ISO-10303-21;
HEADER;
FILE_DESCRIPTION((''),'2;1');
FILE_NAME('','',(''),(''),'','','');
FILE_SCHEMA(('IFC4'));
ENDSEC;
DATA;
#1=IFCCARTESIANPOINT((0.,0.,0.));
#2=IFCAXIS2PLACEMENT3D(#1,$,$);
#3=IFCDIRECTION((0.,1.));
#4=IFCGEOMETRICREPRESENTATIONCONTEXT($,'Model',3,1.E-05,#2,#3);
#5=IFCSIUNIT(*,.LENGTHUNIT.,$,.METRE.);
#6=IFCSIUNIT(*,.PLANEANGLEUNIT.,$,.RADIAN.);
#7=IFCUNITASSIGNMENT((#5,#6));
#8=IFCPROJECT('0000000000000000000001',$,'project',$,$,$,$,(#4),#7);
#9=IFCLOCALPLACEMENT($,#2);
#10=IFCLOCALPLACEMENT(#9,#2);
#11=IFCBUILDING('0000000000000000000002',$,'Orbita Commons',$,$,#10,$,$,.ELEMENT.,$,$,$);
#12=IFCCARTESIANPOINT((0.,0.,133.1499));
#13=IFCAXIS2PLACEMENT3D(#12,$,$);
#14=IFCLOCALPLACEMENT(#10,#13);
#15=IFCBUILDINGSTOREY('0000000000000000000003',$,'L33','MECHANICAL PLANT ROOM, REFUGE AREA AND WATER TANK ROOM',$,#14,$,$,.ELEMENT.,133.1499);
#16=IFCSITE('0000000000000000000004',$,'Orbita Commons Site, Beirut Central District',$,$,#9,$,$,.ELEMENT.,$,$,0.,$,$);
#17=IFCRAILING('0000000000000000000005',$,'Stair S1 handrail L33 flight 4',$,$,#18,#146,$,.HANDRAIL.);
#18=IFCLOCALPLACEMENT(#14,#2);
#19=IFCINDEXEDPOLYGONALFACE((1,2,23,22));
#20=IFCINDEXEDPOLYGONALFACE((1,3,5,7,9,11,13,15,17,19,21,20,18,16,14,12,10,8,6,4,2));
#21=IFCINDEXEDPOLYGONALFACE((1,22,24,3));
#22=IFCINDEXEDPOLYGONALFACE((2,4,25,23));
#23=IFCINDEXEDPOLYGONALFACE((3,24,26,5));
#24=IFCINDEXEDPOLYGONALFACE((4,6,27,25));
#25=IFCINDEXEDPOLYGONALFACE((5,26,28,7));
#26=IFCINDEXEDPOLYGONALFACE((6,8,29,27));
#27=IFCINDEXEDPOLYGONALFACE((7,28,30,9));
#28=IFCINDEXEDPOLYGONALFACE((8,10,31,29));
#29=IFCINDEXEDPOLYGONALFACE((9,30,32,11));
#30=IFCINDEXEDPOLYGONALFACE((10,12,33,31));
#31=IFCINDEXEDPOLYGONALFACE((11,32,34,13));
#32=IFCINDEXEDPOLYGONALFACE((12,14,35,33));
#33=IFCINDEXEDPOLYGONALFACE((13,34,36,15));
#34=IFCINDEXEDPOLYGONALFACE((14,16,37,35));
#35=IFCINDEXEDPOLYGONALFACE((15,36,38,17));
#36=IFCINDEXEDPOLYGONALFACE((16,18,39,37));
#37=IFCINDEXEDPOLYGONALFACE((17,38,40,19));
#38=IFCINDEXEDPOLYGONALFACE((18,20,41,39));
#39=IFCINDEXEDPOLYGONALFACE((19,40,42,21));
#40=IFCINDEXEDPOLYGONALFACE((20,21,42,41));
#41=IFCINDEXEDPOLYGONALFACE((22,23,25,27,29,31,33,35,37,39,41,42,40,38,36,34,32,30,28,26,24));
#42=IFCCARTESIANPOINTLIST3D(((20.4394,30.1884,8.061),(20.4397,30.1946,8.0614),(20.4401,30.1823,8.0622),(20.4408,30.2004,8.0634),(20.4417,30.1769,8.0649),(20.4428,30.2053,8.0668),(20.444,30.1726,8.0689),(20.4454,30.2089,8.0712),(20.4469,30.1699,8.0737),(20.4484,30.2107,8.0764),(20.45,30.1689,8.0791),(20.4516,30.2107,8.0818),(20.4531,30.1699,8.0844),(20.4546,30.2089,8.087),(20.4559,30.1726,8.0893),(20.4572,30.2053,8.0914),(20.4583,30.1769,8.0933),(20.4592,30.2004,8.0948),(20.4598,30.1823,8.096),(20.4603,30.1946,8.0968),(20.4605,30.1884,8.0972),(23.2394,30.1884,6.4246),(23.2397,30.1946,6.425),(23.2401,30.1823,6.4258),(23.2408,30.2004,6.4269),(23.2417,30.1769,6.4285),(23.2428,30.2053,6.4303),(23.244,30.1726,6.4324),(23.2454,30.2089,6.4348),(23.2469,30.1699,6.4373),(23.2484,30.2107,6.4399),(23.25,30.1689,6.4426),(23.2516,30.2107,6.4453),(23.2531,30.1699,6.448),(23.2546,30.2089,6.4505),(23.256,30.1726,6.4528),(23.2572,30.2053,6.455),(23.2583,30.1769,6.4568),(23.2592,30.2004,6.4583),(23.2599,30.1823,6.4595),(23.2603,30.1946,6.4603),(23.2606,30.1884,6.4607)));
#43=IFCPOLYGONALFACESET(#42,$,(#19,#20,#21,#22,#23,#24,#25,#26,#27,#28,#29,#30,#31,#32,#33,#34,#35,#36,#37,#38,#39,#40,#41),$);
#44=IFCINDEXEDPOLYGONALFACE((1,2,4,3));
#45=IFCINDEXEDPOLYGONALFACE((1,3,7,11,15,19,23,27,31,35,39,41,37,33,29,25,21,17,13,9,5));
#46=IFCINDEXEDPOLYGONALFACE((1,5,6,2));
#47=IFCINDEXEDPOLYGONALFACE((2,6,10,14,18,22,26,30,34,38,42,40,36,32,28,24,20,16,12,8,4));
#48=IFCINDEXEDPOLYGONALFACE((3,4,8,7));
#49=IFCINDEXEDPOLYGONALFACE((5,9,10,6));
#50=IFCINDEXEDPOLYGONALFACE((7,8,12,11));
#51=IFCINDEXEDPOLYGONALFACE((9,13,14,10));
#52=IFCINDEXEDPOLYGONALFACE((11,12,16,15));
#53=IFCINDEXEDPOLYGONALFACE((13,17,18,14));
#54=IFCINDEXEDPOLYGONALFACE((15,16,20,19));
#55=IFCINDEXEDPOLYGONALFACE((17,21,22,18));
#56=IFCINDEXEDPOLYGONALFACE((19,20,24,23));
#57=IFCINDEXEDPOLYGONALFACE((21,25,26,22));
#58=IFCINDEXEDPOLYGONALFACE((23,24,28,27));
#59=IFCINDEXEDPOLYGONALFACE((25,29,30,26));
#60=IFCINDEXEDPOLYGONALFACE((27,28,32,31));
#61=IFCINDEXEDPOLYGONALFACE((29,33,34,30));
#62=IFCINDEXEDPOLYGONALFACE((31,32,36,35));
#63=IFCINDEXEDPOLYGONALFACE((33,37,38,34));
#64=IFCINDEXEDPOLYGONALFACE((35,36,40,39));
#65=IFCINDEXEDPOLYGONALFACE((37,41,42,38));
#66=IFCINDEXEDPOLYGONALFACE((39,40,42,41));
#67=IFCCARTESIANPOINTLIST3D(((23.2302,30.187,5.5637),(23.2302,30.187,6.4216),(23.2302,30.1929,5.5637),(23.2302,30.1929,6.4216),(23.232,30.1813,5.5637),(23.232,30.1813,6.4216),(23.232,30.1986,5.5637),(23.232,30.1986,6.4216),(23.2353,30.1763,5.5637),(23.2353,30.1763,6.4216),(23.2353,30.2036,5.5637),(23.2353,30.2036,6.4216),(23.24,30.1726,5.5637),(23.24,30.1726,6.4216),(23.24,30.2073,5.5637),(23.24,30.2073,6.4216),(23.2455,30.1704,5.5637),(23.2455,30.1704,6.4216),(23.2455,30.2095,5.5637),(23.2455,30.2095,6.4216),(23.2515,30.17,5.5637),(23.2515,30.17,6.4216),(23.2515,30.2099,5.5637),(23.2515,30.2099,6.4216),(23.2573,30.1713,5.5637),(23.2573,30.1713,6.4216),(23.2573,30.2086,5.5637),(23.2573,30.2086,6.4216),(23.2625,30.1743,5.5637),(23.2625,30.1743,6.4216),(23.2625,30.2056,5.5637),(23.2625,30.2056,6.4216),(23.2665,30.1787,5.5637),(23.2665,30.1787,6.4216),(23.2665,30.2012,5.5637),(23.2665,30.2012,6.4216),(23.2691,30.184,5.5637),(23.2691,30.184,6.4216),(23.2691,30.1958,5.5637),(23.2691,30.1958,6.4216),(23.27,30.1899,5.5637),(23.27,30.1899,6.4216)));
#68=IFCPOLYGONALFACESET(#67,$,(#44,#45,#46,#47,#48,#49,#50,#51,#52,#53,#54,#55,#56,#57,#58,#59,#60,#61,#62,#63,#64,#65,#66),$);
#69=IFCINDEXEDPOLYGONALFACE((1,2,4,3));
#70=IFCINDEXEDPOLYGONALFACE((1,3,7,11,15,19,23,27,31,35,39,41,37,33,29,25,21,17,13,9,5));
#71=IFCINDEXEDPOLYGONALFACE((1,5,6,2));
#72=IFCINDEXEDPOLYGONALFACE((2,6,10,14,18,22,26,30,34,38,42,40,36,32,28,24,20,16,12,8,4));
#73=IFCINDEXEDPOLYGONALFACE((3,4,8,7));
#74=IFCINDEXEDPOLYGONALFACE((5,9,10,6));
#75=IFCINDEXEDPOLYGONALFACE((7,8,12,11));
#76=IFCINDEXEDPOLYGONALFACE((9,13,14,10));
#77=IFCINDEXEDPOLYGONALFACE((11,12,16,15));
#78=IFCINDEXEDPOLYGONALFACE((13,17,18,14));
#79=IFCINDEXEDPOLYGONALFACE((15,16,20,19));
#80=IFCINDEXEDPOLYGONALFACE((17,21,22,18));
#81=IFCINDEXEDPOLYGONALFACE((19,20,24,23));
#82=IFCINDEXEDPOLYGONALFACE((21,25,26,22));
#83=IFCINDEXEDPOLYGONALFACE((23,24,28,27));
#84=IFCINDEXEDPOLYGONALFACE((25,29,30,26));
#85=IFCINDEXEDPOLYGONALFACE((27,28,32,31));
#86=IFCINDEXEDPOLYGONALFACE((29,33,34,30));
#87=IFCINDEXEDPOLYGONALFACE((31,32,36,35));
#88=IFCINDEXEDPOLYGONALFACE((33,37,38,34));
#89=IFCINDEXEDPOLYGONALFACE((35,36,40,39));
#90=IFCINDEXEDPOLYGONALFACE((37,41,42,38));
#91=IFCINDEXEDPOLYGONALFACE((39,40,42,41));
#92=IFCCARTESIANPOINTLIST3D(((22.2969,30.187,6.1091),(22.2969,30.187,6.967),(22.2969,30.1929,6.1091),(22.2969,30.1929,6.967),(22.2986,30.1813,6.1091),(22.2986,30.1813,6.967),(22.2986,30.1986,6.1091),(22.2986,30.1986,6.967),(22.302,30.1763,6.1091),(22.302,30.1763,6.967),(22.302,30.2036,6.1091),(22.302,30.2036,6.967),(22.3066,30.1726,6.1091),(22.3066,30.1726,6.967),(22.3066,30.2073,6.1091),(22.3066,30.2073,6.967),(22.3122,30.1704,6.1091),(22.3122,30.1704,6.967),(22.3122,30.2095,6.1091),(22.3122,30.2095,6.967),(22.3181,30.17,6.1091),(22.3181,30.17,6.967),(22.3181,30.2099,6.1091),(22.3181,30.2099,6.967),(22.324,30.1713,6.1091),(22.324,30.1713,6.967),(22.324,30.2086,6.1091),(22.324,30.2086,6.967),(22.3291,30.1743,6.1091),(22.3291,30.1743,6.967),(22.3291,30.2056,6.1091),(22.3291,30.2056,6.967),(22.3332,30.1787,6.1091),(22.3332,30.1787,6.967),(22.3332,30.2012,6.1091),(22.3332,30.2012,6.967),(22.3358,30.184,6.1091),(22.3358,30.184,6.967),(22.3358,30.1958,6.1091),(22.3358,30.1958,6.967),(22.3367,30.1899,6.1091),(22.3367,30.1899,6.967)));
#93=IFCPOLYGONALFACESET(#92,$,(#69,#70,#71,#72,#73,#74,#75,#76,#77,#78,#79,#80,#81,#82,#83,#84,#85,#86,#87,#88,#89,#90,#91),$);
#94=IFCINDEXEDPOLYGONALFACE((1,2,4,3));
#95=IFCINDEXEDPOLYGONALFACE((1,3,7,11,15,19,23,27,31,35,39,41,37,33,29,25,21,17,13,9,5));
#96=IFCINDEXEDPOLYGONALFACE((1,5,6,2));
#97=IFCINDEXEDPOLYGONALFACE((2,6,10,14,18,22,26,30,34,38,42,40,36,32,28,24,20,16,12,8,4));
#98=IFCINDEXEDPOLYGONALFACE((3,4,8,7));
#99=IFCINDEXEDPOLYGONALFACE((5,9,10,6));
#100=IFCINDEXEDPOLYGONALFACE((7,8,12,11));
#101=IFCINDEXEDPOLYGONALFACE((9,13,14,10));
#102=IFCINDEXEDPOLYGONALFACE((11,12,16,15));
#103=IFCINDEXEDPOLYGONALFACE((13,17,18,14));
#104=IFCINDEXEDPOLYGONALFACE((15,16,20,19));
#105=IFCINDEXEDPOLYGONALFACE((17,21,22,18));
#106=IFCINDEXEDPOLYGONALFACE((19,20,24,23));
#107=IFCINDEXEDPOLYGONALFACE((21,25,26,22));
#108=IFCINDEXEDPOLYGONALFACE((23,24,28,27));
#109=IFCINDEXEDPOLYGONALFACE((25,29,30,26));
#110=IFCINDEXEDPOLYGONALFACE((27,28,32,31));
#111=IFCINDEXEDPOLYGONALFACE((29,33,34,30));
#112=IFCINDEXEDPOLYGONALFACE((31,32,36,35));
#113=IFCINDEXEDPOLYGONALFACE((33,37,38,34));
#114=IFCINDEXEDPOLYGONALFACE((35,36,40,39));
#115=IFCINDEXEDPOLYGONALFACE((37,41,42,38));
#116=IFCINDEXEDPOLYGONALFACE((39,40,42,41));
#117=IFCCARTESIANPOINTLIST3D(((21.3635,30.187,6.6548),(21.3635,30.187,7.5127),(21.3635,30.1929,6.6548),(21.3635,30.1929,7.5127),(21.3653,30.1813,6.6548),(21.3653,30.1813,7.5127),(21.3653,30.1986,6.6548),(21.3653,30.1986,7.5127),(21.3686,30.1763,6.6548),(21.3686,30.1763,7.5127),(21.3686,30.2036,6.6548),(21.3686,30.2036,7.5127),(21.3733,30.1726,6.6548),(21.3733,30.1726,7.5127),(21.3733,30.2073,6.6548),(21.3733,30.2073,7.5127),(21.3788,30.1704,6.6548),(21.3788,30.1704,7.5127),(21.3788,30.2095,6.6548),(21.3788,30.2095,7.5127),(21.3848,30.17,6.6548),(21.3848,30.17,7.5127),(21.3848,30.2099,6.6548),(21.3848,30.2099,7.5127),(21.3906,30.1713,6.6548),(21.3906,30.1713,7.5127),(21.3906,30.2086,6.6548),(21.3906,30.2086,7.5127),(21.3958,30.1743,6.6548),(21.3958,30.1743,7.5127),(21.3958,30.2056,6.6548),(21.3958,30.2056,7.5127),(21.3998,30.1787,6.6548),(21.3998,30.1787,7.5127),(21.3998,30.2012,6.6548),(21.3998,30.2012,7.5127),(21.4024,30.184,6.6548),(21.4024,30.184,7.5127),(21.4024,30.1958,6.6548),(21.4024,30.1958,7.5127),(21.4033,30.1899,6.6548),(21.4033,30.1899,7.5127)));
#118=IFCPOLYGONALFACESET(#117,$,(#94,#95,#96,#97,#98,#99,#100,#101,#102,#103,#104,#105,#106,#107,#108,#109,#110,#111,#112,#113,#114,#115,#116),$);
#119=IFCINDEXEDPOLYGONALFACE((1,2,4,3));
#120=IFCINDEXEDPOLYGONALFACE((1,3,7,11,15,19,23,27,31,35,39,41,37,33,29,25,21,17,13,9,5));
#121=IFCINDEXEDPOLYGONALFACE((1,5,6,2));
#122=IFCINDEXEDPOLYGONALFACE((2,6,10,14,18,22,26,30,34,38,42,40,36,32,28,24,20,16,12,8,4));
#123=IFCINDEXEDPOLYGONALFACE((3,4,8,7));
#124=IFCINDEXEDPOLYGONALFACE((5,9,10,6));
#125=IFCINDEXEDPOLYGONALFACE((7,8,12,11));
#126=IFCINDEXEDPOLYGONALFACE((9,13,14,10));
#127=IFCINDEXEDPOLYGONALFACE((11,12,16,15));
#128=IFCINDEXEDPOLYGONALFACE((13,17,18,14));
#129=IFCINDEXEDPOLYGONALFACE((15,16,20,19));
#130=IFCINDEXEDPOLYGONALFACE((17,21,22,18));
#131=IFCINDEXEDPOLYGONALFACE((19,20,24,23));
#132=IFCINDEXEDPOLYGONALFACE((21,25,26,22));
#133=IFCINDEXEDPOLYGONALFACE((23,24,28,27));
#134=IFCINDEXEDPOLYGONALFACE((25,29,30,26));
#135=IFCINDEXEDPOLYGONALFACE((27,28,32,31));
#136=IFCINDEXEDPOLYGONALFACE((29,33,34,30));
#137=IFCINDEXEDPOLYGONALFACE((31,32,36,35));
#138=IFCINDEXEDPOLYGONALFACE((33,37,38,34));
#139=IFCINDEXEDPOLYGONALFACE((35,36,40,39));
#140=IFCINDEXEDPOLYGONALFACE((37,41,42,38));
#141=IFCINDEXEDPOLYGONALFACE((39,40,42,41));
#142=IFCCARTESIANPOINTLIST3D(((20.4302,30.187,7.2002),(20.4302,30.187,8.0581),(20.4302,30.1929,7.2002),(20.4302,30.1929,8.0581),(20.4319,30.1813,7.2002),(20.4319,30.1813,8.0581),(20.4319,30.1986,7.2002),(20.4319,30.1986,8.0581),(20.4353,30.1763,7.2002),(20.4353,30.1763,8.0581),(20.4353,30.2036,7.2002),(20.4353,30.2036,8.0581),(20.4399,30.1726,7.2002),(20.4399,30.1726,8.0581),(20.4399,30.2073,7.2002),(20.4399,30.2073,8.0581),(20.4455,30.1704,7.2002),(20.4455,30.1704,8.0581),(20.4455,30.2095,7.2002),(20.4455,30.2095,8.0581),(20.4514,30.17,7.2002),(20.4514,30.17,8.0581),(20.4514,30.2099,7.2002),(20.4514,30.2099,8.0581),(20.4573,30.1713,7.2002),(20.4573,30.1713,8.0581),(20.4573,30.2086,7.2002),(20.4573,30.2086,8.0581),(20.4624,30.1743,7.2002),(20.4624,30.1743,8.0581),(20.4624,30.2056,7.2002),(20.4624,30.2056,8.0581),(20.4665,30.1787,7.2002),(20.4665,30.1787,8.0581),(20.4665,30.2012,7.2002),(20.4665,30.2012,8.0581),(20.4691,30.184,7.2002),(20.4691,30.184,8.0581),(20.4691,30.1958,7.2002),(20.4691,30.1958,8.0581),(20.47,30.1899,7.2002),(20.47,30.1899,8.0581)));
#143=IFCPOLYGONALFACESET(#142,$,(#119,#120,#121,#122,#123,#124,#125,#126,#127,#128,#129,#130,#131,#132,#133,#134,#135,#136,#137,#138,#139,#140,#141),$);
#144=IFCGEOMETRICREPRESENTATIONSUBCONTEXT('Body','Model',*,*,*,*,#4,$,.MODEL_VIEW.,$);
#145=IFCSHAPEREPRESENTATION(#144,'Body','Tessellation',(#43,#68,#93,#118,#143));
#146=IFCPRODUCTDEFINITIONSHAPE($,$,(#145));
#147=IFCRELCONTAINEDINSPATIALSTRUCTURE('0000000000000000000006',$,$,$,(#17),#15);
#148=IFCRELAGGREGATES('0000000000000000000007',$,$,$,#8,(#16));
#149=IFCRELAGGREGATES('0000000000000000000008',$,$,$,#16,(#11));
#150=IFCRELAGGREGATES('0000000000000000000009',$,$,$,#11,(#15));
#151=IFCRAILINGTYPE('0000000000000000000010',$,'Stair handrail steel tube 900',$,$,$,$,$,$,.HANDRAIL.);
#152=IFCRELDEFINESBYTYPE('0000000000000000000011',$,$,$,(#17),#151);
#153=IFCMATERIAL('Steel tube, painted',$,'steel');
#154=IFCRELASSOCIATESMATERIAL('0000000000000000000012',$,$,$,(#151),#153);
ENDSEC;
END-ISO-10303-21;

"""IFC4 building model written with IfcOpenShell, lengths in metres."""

from ifc_helpers import new_model, si_unit, direction, frame, origin, origin_2d, place, context, subcontext, project, spatial, circle, extrude, material, type_object, element, save


model = new_model("IFC4")

# Units and contexts
model_context = context("Model", 3, precision=1e-05, world=origin(), true_north=direction((0.0, 1.0)))
body_context = subcontext(model_context, "Body", "Model", "MODEL_VIEW")
ifc_project = project(units=[si_unit("LENGTHUNIT", "METRE"), si_unit("PLANEANGLEUNIT", "RADIAN")], contexts=[model_context])

# Site, building, storey
site_placement = place(None, origin())
site = spatial("IfcSite", under=ifc_project, at=site_placement, Name="Orbita Commons Site, Beirut Central District", CompositionType="ELEMENT", RefElevation=0.0)
building_placement = place(site_placement, origin())
building = spatial("IfcBuilding", under=site, at=building_placement, Name="Orbita Commons", CompositionType="ELEMENT")
storey_placement = place(building_placement, frame((0.0, 0.0, 133.1499)))
storey = spatial("IfcBuildingStorey", under=building, at=storey_placement, Name="L33", Description="MECHANICAL PLANT ROOM, REFUGE AREA AND WATER TANK ROOM", CompositionType="ELEMENT", Elevation=133.1499)

# Railing
ifc_material_1 = material(Name="Steel tube, painted", Category="steel")
railing_type = type_object("IfcRailingType", Name="Stair handrail steel tube 900", PredefinedType="HANDRAIL", material=ifc_material_1)
for number, where, name in (
    (1, (23.25, 30.1899, 5.5637), "Stair S1 handrail L33 flight 4"),
):
    element("IfcRailing", number, at=place(storey_placement, frame(where)), inside=storey, type_object=railing_type, Name=name, PredefinedType="HANDRAIL", context=body_context, shape_type="SweptSolid", body=[
        extrude(circle(Radius=0.021, at=origin_2d()), frame((0.0, 0.0, 0.8789), z_axis=(-0.863361, 0.0, 0.504587), x_axis=(0.0, -1.0, 0.0)), (0.0, 0.0, 1.0), 3.2432),
        extrude(circle(Radius=0.02, at=origin_2d()), origin(), (0.0, 0.0, 1.0), 0.8579),
        extrude(circle(Radius=0.02, at=origin_2d()), frame((-0.9333, 0.0, 0.5454)), (0.0, 0.0, 1.0), 0.8579),
        extrude(circle(Radius=0.02, at=origin_2d()), frame((-1.8667, 0.0, 1.0911)), (0.0, 0.0, 1.0), 0.8579),
        extrude(circle(Radius=0.02, at=origin_2d()), frame((-2.8, 0.0, 1.6365)), (0.0, 0.0, 1.0), 0.8579),
    ])

save(model, "model.ifc")
